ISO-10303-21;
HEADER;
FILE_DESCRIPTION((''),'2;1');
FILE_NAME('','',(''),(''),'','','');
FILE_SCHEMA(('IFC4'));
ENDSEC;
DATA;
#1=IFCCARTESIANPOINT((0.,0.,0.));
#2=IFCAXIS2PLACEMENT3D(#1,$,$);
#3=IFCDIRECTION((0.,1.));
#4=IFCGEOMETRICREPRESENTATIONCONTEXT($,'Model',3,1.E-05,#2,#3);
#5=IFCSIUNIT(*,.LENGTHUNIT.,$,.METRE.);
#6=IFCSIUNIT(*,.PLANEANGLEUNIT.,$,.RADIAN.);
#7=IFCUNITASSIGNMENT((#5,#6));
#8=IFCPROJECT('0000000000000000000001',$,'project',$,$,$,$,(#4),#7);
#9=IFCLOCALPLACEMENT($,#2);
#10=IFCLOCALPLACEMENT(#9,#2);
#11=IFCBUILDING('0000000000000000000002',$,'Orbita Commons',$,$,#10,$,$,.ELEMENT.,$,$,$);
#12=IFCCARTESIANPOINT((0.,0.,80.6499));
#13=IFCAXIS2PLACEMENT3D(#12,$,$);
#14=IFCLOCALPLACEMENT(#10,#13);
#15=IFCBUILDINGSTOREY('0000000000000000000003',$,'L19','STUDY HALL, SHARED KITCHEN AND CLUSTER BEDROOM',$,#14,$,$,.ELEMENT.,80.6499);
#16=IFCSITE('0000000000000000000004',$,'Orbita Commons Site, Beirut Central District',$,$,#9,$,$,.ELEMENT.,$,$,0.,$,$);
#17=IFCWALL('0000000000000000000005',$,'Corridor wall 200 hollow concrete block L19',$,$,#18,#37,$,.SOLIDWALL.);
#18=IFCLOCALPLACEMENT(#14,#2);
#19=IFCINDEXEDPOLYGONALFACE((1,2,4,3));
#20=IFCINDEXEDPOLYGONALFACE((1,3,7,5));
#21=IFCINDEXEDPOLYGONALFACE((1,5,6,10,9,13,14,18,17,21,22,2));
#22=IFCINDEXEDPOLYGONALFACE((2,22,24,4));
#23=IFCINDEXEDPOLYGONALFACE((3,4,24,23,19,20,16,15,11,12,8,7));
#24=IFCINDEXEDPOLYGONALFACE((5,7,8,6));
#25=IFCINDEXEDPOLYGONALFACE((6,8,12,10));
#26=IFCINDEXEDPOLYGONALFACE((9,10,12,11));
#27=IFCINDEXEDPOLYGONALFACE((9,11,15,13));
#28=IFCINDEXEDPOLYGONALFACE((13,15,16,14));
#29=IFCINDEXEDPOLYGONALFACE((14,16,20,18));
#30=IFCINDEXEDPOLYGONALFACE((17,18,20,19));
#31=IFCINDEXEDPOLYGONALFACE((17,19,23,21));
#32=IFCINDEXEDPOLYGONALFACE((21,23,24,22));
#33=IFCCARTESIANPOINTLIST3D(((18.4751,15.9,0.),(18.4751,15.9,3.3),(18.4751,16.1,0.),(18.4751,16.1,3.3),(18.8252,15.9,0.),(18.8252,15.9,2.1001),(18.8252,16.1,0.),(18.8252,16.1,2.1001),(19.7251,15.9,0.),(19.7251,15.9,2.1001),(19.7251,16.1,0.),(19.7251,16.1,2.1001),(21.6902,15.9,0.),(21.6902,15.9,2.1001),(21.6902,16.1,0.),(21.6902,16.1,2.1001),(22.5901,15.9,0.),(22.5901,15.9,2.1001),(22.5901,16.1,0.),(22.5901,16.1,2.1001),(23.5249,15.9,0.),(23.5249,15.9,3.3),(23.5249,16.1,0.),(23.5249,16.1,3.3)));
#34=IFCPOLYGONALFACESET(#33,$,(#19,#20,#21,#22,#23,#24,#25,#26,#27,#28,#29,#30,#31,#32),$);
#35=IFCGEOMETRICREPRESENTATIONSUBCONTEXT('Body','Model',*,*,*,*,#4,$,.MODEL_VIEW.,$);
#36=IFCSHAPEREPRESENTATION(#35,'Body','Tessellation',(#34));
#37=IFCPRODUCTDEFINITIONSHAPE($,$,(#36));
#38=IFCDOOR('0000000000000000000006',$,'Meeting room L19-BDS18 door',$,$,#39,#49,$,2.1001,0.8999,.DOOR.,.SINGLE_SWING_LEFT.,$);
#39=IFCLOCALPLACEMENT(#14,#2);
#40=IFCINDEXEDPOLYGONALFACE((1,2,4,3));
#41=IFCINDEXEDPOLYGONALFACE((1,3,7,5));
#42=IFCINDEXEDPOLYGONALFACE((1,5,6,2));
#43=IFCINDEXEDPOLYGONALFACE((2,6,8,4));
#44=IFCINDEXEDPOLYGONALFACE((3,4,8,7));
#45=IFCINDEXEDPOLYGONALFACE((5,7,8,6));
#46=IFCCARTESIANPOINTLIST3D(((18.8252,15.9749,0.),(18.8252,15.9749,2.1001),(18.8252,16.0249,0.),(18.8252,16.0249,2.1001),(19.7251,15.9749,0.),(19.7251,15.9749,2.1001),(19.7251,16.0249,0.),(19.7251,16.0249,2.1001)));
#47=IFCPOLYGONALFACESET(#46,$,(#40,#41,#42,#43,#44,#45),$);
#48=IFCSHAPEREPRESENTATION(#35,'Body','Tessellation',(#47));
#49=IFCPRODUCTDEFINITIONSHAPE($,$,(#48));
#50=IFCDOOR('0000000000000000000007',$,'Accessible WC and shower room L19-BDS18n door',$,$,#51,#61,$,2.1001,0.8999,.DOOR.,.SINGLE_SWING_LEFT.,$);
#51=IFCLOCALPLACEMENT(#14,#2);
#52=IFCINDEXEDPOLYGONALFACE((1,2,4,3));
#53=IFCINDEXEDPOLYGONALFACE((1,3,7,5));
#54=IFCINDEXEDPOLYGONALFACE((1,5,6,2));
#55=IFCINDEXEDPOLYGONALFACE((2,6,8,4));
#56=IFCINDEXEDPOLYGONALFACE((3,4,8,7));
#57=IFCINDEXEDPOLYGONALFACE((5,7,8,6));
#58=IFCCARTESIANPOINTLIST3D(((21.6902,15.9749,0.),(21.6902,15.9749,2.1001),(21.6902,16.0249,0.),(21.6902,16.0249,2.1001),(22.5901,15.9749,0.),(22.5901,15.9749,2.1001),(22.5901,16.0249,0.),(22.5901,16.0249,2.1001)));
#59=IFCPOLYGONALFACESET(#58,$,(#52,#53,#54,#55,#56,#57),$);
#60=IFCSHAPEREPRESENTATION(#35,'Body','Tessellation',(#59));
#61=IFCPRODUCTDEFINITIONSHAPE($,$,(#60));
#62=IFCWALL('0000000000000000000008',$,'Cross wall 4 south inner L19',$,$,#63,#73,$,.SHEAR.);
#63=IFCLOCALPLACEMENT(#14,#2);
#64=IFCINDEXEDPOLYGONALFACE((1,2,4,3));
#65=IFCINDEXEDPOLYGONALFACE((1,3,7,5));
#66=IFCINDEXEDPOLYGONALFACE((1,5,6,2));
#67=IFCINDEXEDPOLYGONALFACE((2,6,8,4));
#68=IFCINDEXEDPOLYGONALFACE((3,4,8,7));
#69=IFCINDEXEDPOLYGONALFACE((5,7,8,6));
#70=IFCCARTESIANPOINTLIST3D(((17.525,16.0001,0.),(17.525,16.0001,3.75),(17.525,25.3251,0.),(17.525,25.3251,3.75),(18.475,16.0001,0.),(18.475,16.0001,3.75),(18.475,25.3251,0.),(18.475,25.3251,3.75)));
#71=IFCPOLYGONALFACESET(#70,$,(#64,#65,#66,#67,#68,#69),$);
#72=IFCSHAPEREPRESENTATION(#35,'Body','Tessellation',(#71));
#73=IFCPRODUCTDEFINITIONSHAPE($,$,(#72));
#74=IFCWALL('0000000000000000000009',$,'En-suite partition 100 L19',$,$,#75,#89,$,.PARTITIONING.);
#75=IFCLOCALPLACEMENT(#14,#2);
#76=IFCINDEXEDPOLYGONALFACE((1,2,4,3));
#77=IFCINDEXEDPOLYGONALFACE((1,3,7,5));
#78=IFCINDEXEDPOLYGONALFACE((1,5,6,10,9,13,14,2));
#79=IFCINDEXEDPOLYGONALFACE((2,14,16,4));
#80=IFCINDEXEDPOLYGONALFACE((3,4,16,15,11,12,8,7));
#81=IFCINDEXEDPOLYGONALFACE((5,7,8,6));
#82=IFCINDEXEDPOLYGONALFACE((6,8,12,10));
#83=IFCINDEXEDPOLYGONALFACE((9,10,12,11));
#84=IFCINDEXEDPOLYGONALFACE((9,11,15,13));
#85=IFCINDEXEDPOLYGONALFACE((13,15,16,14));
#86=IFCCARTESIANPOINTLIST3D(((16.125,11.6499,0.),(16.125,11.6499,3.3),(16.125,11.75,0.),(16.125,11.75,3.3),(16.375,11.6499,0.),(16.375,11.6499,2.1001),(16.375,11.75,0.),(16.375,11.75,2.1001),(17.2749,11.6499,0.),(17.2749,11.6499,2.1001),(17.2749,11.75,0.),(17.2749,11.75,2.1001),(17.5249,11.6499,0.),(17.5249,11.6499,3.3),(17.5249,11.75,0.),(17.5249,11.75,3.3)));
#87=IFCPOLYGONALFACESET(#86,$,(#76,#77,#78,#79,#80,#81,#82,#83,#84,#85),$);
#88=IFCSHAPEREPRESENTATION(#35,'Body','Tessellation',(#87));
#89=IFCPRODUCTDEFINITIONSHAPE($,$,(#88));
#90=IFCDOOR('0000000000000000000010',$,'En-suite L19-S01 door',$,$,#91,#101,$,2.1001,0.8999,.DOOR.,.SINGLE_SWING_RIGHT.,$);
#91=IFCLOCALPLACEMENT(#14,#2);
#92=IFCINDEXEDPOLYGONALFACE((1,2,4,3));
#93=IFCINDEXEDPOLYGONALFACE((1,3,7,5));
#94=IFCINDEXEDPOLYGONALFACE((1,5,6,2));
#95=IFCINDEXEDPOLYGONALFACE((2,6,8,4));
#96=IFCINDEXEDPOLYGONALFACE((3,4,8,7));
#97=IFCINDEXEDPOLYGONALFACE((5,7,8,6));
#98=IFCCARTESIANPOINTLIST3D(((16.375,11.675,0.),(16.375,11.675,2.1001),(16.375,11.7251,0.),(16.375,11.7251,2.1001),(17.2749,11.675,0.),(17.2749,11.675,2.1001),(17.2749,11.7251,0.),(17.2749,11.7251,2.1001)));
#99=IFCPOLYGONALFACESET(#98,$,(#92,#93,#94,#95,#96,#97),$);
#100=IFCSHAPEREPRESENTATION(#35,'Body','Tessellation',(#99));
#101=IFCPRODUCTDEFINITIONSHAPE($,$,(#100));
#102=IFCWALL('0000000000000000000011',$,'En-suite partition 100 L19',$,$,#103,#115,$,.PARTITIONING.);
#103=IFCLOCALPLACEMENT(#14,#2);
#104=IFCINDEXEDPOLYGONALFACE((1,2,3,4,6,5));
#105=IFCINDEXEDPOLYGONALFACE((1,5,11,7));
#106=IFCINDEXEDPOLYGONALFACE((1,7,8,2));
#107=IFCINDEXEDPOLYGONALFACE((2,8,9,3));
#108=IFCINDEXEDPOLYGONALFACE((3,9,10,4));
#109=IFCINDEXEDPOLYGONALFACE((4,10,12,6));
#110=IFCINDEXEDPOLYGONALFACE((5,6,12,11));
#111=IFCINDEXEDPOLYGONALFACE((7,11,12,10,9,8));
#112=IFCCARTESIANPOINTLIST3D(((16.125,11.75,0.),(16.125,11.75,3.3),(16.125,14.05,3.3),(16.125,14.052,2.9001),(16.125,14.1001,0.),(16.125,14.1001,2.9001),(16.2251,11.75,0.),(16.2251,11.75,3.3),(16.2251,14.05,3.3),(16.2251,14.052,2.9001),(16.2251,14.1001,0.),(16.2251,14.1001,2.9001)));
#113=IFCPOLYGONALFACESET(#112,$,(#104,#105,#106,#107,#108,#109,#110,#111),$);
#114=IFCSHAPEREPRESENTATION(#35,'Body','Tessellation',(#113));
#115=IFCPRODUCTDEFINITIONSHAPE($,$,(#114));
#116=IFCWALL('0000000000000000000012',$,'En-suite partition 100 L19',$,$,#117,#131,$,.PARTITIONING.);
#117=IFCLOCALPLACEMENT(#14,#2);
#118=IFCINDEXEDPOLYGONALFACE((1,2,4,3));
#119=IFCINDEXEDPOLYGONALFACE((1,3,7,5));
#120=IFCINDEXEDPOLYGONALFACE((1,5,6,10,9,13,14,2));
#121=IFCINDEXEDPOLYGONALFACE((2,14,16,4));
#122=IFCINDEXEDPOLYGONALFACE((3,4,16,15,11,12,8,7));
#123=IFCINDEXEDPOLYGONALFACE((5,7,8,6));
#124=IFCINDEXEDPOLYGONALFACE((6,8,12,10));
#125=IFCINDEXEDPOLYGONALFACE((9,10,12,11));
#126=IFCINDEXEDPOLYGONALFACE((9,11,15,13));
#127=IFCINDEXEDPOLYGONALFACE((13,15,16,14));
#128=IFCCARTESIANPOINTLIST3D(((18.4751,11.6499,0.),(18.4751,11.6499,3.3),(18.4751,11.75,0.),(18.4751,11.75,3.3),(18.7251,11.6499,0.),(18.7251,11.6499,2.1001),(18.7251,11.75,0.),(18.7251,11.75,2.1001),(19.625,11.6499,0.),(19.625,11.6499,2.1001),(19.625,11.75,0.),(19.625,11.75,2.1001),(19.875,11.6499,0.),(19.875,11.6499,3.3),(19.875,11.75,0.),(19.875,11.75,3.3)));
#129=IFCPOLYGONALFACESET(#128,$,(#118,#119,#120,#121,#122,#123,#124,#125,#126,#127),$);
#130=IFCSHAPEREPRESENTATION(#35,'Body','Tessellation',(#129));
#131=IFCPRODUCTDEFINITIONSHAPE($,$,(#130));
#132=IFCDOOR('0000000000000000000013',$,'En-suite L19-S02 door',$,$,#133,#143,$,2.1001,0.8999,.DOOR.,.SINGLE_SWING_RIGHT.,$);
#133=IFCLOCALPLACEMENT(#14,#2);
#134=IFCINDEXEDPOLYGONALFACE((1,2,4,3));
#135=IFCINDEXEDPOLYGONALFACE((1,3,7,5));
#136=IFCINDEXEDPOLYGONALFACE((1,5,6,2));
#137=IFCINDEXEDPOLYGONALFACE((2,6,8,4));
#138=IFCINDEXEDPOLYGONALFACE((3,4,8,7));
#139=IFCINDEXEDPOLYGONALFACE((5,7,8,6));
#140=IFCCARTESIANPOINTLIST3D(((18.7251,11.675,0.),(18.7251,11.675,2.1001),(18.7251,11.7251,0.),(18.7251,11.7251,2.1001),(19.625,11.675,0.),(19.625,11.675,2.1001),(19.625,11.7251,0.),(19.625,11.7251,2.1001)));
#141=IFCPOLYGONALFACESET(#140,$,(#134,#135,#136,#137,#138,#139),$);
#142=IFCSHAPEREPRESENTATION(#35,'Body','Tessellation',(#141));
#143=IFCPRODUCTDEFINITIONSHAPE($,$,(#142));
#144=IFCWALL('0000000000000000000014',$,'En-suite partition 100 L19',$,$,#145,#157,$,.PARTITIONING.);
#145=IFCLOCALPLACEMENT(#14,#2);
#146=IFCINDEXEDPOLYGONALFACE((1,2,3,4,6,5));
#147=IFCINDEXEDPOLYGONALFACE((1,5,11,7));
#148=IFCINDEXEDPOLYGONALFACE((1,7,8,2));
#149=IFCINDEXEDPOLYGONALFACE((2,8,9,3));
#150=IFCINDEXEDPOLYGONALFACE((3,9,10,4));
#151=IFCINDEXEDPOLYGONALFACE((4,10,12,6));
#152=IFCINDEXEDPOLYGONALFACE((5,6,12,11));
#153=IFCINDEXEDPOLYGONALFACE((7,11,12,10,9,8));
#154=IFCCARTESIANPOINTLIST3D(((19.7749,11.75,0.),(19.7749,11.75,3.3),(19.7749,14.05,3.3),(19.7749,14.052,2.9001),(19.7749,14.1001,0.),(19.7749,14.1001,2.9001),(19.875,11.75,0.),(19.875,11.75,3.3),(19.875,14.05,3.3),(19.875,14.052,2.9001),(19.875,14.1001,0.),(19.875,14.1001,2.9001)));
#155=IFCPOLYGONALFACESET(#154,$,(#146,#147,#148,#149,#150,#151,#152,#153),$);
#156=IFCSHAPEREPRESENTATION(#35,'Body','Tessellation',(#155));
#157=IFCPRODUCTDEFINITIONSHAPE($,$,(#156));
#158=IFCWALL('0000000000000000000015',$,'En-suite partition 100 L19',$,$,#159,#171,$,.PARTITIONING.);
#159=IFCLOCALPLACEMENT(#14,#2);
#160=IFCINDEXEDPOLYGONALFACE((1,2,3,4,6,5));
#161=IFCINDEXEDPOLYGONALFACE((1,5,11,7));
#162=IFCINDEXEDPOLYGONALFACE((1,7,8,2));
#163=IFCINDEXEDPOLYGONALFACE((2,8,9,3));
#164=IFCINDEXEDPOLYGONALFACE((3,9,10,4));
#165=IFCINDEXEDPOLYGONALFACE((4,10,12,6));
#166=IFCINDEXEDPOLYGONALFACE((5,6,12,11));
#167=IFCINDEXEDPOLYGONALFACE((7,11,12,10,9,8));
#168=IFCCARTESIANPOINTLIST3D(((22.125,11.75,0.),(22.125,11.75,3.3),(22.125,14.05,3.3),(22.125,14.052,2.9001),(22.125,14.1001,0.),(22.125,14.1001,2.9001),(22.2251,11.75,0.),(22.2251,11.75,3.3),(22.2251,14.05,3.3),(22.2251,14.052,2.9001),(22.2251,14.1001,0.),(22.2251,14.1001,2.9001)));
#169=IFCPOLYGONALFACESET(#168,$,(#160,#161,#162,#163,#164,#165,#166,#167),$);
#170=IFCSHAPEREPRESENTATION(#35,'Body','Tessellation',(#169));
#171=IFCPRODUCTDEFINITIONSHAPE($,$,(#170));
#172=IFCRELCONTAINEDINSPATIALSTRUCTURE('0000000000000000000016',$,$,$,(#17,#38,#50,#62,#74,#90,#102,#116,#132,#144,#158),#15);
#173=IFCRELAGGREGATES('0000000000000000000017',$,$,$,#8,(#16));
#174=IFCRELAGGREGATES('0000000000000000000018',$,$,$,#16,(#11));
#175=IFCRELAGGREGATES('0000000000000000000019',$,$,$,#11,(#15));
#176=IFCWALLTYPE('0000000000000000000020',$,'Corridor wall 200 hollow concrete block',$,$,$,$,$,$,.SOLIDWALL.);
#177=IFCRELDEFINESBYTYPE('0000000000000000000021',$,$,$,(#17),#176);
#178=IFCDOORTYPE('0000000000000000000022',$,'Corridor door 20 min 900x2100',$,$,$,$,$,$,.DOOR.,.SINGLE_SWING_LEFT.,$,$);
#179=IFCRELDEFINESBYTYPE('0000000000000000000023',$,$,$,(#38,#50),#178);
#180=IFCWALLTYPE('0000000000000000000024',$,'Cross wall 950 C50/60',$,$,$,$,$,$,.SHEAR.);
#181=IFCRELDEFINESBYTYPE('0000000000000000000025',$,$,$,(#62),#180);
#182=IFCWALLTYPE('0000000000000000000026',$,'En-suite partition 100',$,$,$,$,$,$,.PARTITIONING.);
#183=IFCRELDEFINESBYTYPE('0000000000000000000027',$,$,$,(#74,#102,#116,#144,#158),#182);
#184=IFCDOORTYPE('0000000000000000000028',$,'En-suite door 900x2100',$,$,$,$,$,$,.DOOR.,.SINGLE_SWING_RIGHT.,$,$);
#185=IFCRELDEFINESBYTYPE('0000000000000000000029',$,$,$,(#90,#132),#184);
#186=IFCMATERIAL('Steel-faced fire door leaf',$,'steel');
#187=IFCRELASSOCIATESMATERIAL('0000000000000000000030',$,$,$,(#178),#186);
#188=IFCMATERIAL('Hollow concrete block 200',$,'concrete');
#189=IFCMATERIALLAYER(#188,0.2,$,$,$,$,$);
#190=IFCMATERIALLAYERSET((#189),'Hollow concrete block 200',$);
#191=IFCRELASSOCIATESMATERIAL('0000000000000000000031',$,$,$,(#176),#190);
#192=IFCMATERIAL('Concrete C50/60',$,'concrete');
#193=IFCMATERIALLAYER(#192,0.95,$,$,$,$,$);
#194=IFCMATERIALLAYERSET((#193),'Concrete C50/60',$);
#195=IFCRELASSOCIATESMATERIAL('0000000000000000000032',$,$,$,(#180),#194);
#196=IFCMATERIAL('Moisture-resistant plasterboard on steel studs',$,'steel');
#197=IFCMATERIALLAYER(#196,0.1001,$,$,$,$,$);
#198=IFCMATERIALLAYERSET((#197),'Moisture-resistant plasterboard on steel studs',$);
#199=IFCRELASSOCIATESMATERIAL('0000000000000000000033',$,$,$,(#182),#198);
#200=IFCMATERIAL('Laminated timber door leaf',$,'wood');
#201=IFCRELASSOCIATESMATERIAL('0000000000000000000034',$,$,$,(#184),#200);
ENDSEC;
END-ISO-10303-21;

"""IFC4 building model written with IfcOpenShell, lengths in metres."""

from ifc_helpers import new_model, si_unit, direction, frame, frame_2d, origin, place, context, subcontext, project, spatial, polyline, rectangle, outline, extrude, material, layer, layer_set, type_object, element, fill, save


model = new_model("IFC4")

# Units and contexts
model_context = context("Model", 3, precision=1e-05, world=origin(), true_north=direction((0.0, 1.0)))
body_context = subcontext(model_context, "Body", "Model", "MODEL_VIEW")
ifc_project = project(units=[si_unit("LENGTHUNIT", "METRE"), si_unit("PLANEANGLEUNIT", "RADIAN")], contexts=[model_context])

# Site, building, storey
site_placement = place(None, origin())
site = spatial("IfcSite", under=ifc_project, at=site_placement, Name="Orbita Commons Site, Beirut Central District", CompositionType="ELEMENT", RefElevation=0.0)
building_placement = place(site_placement, origin())
building = spatial("IfcBuilding", under=site, at=building_placement, Name="Orbita Commons", CompositionType="ELEMENT")
storey_placement = place(building_placement, frame((0.0, 0.0, 80.6499)))
storey = spatial("IfcBuildingStorey", under=building, at=storey_placement, Name="L19", Description="STUDY HALL, SHARED KITCHEN AND CLUSTER BEDROOM", CompositionType="ELEMENT", Elevation=80.6499)

# Wall, openings, doors
ifc_material_1 = material(Name="Steel-faced fire door leaf", Category="steel")
door_type_1 = type_object("IfcDoorType", Name="Corridor door 20 min 900x2100", OperationType="SINGLE_SWING_LEFT", PredefinedType="DOOR", material=ifc_material_1)
ifc_material_2 = material(Name="Hollow concrete block 200", Category="concrete")
ifc_layer_1 = layer(ifc_material_2, 0.2)
ifc_layer_set_1 = layer_set([ifc_layer_1], Name="Hollow concrete block 200")
wall_type_1 = type_object("IfcWallType", Name="Corridor wall 200 hollow concrete block", PredefinedType="SOLIDWALL", material=ifc_layer_set_1)
wall_1_placement = place(storey_placement, frame((18.4751, 16.0, 0.0), z_axis=(0.0, 0.0, 1.0), x_axis=(1.0, 0.0, 0.0)))
wall_1 = element("IfcWall", 1, at=wall_1_placement, inside=storey, type_object=wall_type_1, Name="Corridor wall 200 hollow concrete block L19", PredefinedType="SOLIDWALL", context=body_context, shape_type="SweptSolid", body=[
    extrude(rectangle(XDim=5.0498, YDim=0.2, at=frame_2d((2.5249, 0.0))), origin(), (0.0, 0.0, 1.0), 3.3),
])
opening_1_placement = place(wall_1_placement, frame((0.3501, 0.0, 0.0)))
opening_1 = element("IfcOpeningElement", 2, at=opening_1_placement, cuts=wall_1, PredefinedType="OPENING", context=body_context, shape_type="SweptSolid", body=[
    extrude(rectangle(XDim=0.8999, YDim=2.1001, at=frame_2d((0.45, 1.05))), frame((0.0, 0.1099, 0.0), z_axis=(0.0, -1.0, 0.0), x_axis=(1.0, 0.0, 0.0)), (0.0, 0.0, 1.0), 0.22),
])
opening_2_placement = place(wall_1_placement, frame((3.2151, 0.0, 0.0)))
opening_2 = element("IfcOpeningElement", 3, at=opening_2_placement, cuts=wall_1, PredefinedType="OPENING", context=body_context, shape_type="SweptSolid", body=[
    extrude(rectangle(XDim=0.8999, YDim=2.1001, at=frame_2d((0.45, 1.05))), frame((0.0, 0.1099, 0.0), z_axis=(0.0, -1.0, 0.0), x_axis=(1.0, 0.0, 0.0)), (0.0, 0.0, 1.0), 0.22),
])
door_1_placement = place(opening_1_placement, origin())
door_1 = element("IfcDoor", 4, at=door_1_placement, inside=storey, type_object=door_type_1, Name="Meeting room L19-BDS18 door", OperationType="SINGLE_SWING_LEFT", OverallHeight=2.1001, OverallWidth=0.8999, PredefinedType="DOOR", context=body_context, shape_type="SweptSolid", body=[
    extrude(rectangle(XDim=0.8999, YDim=2.1001, at=frame_2d((0.45, 1.05))), frame((0.0, 0.0249, 0.0), z_axis=(0.0, -1.0, 0.0), x_axis=(1.0, 0.0, 0.0)), (0.0, 0.0, 1.0), 0.05),
])
fill(opening_1, door_1)
door_2_placement = place(opening_2_placement, origin())
door_2 = element("IfcDoor", 5, at=door_2_placement, inside=storey, type_object=door_type_1, Name="Accessible WC and shower room L19-BDS18n door", OperationType="SINGLE_SWING_LEFT", OverallHeight=2.1001, OverallWidth=0.8999, PredefinedType="DOOR", context=body_context, shape_type="SweptSolid", body=[
    extrude(rectangle(XDim=0.8999, YDim=2.1001, at=frame_2d((0.45, 1.05))), frame((0.0, 0.0249, 0.0), z_axis=(0.0, -1.0, 0.0), x_axis=(1.0, 0.0, 0.0)), (0.0, 0.0, 1.0), 0.05),
])
fill(opening_2, door_2)

# Wall
ifc_material_3 = material(Name="Concrete C50/60", Category="concrete")
ifc_layer_2 = layer(ifc_material_3, 0.95)
ifc_layer_set_2 = layer_set([ifc_layer_2], Name="Concrete C50/60")
wall_type_2 = type_object("IfcWallType", Name="Cross wall 950 C50/60", PredefinedType="SHEAR", material=ifc_layer_set_2)
wall_2_placement = place(storey_placement, frame((18.0, 16.0, 0.0), z_axis=(0.0, 0.0, 1.0), x_axis=(0.0, 1.0, 0.0)))
element("IfcWall", 6, at=wall_2_placement, inside=storey, type_object=wall_type_2, Name="Cross wall 4 south inner L19", PredefinedType="SHEAR", context=body_context, shape_type="SweptSolid", body=[
    extrude(rectangle(XDim=9.325, YDim=0.95, at=frame_2d((4.6626, 0.0))), origin(), (0.0, 0.0, 1.0), 3.75),
])

# Wall, opening, door
ifc_material_4 = material(Name="Moisture-resistant plasterboard on steel studs", Category="steel")
ifc_layer_3 = layer(ifc_material_4, 0.1001)
ifc_layer_set_3 = layer_set([ifc_layer_3], Name="Moisture-resistant plasterboard on steel studs")
wall_type_3 = type_object("IfcWallType", Name="En-suite partition 100", PredefinedType="PARTITIONING", material=ifc_layer_set_3)
wall_3_placement = place(storey_placement, frame((17.5249, 11.7, 0.0), z_axis=(0.0, 0.0, 1.0), x_axis=(-1.0, 0.0, 0.0)))
wall_3 = element("IfcWall", 7, at=wall_3_placement, inside=storey, type_object=wall_type_3, Name="En-suite partition 100 L19", PredefinedType="PARTITIONING", context=body_context, shape_type="SweptSolid", body=[
    extrude(rectangle(XDim=1.3999, YDim=0.1001, at=frame_2d((0.7, 0.0))), origin(), (0.0, 0.0, 1.0), 3.3),
])
opening_3_placement = place(wall_3_placement, frame((0.25, 0.0, 0.0)))
opening_3 = element("IfcOpeningElement", 8, at=opening_3_placement, cuts=wall_3, PredefinedType="OPENING", context=body_context, shape_type="SweptSolid", body=[
    extrude(rectangle(XDim=0.8999, YDim=2.1001, at=frame_2d((0.45, 1.05))), frame((0.0, 0.0601, 0.0), z_axis=(0.0, -1.0, 0.0), x_axis=(1.0, 0.0, 0.0)), (0.0, 0.0, 1.0), 0.1201),
])
ifc_material_5 = material(Name="Laminated timber door leaf", Category="wood")
door_type_2 = type_object("IfcDoorType", Name="En-suite door 900x2100", OperationType="SINGLE_SWING_RIGHT", PredefinedType="DOOR", material=ifc_material_5)
door_3_placement = place(opening_3_placement, origin())
door_3 = element("IfcDoor", 9, at=door_3_placement, inside=storey, type_object=door_type_2, Name="En-suite L19-S01 door", OperationType="SINGLE_SWING_RIGHT", OverallHeight=2.1001, OverallWidth=0.8999, PredefinedType="DOOR", context=body_context, shape_type="SweptSolid", body=[
    extrude(rectangle(XDim=0.8999, YDim=2.1001, at=frame_2d((0.45, 1.05))), frame((0.0, 0.0249, 0.0), z_axis=(0.0, -1.0, 0.0), x_axis=(1.0, 0.0, 0.0)), (0.0, 0.0, 1.0), 0.05),
])
fill(opening_3, door_3)

# Wall
wall_4_placement = place(storey_placement, frame((16.175, 11.75, 0.0), z_axis=(0.0, 0.0, 1.0), x_axis=(0.0, 1.0, 0.0)))
element("IfcWall", 10, at=wall_4_placement, inside=storey, type_object=wall_type_3, Name="En-suite partition 100 L19", PredefinedType="PARTITIONING", context=body_context, shape_type="SweptSolid", body=[
    extrude(outline(polyline([(0.0, 0.0), (2.3501, 0.0), (2.3501, 2.9001), (2.302, 2.9001), (2.3, 3.3), (0.0, 3.3), (0.0, 0.0)])), frame((0.0, 0.05, 0.0), z_axis=(0.0, -1.0, 0.0), x_axis=(1.0, 0.0, 0.0)), (0.0, 0.0, 1.0), 0.1001),
])

# Wall, opening, door
wall_5_placement = place(storey_placement, frame((19.875, 11.7, 0.0), z_axis=(0.0, 0.0, 1.0), x_axis=(-1.0, 0.0, 0.0)))
wall_5 = element("IfcWall", 11, at=wall_5_placement, inside=storey, type_object=wall_type_3, Name="En-suite partition 100 L19", PredefinedType="PARTITIONING", context=body_context, shape_type="SweptSolid", body=[
    extrude(rectangle(XDim=1.3999, YDim=0.1001, at=frame_2d((0.7, 0.0))), origin(), (0.0, 0.0, 1.0), 3.3),
])
opening_4_placement = place(wall_5_placement, frame((0.25, 0.0, 0.0)))
opening_4 = element("IfcOpeningElement", 12, at=opening_4_placement, cuts=wall_5, PredefinedType="OPENING", context=body_context, shape_type="SweptSolid", body=[
    extrude(rectangle(XDim=0.8999, YDim=2.1001, at=frame_2d((0.45, 1.05))), frame((0.0, 0.0601, 0.0), z_axis=(0.0, -1.0, 0.0), x_axis=(1.0, 0.0, 0.0)), (0.0, 0.0, 1.0), 0.1201),
])
door_4_placement = place(opening_4_placement, origin())
door_4 = element("IfcDoor", 13, at=door_4_placement, inside=storey, type_object=door_type_2, Name="En-suite L19-S02 door", OperationType="SINGLE_SWING_RIGHT", OverallHeight=2.1001, OverallWidth=0.8999, PredefinedType="DOOR", context=body_context, shape_type="SweptSolid", body=[
    extrude(rectangle(XDim=0.8999, YDim=2.1001, at=frame_2d((0.45, 1.05))), frame((0.0, 0.0249, 0.0), z_axis=(0.0, -1.0, 0.0), x_axis=(1.0, 0.0, 0.0)), (0.0, 0.0, 1.0), 0.05),
])
fill(opening_4, door_4)

# Walls
for number, where, z_axis, x_axis, name in (
    (14, (19.825, 11.75, 0.0), (0.0, 0.0, 1.0), (0.0, 1.0, 0.0), "En-suite partition 100 L19"),
    (15, (22.175, 11.75, 0.0), (0.0, 0.0, 1.0), (0.0, 1.0, 0.0), "En-suite partition 100 L19"),
):
    element("IfcWall", number, at=place(storey_placement, frame(where, z_axis=z_axis, x_axis=x_axis)), inside=storey, type_object=wall_type_3, Name=name, PredefinedType="PARTITIONING", context=body_context, shape_type="SweptSolid", body=[
        extrude(outline(polyline([(0.0, 0.0), (2.3501, 0.0), (2.3501, 2.9001), (2.302, 2.9001), (2.3, 3.3), (0.0, 3.3), (0.0, 0.0)])), frame((0.0, 0.05, 0.0), z_axis=(0.0, -1.0, 0.0), x_axis=(1.0, 0.0, 0.0)), (0.0, 0.0, 1.0), 0.1001),
    ])

save(model, "model.ifc")
